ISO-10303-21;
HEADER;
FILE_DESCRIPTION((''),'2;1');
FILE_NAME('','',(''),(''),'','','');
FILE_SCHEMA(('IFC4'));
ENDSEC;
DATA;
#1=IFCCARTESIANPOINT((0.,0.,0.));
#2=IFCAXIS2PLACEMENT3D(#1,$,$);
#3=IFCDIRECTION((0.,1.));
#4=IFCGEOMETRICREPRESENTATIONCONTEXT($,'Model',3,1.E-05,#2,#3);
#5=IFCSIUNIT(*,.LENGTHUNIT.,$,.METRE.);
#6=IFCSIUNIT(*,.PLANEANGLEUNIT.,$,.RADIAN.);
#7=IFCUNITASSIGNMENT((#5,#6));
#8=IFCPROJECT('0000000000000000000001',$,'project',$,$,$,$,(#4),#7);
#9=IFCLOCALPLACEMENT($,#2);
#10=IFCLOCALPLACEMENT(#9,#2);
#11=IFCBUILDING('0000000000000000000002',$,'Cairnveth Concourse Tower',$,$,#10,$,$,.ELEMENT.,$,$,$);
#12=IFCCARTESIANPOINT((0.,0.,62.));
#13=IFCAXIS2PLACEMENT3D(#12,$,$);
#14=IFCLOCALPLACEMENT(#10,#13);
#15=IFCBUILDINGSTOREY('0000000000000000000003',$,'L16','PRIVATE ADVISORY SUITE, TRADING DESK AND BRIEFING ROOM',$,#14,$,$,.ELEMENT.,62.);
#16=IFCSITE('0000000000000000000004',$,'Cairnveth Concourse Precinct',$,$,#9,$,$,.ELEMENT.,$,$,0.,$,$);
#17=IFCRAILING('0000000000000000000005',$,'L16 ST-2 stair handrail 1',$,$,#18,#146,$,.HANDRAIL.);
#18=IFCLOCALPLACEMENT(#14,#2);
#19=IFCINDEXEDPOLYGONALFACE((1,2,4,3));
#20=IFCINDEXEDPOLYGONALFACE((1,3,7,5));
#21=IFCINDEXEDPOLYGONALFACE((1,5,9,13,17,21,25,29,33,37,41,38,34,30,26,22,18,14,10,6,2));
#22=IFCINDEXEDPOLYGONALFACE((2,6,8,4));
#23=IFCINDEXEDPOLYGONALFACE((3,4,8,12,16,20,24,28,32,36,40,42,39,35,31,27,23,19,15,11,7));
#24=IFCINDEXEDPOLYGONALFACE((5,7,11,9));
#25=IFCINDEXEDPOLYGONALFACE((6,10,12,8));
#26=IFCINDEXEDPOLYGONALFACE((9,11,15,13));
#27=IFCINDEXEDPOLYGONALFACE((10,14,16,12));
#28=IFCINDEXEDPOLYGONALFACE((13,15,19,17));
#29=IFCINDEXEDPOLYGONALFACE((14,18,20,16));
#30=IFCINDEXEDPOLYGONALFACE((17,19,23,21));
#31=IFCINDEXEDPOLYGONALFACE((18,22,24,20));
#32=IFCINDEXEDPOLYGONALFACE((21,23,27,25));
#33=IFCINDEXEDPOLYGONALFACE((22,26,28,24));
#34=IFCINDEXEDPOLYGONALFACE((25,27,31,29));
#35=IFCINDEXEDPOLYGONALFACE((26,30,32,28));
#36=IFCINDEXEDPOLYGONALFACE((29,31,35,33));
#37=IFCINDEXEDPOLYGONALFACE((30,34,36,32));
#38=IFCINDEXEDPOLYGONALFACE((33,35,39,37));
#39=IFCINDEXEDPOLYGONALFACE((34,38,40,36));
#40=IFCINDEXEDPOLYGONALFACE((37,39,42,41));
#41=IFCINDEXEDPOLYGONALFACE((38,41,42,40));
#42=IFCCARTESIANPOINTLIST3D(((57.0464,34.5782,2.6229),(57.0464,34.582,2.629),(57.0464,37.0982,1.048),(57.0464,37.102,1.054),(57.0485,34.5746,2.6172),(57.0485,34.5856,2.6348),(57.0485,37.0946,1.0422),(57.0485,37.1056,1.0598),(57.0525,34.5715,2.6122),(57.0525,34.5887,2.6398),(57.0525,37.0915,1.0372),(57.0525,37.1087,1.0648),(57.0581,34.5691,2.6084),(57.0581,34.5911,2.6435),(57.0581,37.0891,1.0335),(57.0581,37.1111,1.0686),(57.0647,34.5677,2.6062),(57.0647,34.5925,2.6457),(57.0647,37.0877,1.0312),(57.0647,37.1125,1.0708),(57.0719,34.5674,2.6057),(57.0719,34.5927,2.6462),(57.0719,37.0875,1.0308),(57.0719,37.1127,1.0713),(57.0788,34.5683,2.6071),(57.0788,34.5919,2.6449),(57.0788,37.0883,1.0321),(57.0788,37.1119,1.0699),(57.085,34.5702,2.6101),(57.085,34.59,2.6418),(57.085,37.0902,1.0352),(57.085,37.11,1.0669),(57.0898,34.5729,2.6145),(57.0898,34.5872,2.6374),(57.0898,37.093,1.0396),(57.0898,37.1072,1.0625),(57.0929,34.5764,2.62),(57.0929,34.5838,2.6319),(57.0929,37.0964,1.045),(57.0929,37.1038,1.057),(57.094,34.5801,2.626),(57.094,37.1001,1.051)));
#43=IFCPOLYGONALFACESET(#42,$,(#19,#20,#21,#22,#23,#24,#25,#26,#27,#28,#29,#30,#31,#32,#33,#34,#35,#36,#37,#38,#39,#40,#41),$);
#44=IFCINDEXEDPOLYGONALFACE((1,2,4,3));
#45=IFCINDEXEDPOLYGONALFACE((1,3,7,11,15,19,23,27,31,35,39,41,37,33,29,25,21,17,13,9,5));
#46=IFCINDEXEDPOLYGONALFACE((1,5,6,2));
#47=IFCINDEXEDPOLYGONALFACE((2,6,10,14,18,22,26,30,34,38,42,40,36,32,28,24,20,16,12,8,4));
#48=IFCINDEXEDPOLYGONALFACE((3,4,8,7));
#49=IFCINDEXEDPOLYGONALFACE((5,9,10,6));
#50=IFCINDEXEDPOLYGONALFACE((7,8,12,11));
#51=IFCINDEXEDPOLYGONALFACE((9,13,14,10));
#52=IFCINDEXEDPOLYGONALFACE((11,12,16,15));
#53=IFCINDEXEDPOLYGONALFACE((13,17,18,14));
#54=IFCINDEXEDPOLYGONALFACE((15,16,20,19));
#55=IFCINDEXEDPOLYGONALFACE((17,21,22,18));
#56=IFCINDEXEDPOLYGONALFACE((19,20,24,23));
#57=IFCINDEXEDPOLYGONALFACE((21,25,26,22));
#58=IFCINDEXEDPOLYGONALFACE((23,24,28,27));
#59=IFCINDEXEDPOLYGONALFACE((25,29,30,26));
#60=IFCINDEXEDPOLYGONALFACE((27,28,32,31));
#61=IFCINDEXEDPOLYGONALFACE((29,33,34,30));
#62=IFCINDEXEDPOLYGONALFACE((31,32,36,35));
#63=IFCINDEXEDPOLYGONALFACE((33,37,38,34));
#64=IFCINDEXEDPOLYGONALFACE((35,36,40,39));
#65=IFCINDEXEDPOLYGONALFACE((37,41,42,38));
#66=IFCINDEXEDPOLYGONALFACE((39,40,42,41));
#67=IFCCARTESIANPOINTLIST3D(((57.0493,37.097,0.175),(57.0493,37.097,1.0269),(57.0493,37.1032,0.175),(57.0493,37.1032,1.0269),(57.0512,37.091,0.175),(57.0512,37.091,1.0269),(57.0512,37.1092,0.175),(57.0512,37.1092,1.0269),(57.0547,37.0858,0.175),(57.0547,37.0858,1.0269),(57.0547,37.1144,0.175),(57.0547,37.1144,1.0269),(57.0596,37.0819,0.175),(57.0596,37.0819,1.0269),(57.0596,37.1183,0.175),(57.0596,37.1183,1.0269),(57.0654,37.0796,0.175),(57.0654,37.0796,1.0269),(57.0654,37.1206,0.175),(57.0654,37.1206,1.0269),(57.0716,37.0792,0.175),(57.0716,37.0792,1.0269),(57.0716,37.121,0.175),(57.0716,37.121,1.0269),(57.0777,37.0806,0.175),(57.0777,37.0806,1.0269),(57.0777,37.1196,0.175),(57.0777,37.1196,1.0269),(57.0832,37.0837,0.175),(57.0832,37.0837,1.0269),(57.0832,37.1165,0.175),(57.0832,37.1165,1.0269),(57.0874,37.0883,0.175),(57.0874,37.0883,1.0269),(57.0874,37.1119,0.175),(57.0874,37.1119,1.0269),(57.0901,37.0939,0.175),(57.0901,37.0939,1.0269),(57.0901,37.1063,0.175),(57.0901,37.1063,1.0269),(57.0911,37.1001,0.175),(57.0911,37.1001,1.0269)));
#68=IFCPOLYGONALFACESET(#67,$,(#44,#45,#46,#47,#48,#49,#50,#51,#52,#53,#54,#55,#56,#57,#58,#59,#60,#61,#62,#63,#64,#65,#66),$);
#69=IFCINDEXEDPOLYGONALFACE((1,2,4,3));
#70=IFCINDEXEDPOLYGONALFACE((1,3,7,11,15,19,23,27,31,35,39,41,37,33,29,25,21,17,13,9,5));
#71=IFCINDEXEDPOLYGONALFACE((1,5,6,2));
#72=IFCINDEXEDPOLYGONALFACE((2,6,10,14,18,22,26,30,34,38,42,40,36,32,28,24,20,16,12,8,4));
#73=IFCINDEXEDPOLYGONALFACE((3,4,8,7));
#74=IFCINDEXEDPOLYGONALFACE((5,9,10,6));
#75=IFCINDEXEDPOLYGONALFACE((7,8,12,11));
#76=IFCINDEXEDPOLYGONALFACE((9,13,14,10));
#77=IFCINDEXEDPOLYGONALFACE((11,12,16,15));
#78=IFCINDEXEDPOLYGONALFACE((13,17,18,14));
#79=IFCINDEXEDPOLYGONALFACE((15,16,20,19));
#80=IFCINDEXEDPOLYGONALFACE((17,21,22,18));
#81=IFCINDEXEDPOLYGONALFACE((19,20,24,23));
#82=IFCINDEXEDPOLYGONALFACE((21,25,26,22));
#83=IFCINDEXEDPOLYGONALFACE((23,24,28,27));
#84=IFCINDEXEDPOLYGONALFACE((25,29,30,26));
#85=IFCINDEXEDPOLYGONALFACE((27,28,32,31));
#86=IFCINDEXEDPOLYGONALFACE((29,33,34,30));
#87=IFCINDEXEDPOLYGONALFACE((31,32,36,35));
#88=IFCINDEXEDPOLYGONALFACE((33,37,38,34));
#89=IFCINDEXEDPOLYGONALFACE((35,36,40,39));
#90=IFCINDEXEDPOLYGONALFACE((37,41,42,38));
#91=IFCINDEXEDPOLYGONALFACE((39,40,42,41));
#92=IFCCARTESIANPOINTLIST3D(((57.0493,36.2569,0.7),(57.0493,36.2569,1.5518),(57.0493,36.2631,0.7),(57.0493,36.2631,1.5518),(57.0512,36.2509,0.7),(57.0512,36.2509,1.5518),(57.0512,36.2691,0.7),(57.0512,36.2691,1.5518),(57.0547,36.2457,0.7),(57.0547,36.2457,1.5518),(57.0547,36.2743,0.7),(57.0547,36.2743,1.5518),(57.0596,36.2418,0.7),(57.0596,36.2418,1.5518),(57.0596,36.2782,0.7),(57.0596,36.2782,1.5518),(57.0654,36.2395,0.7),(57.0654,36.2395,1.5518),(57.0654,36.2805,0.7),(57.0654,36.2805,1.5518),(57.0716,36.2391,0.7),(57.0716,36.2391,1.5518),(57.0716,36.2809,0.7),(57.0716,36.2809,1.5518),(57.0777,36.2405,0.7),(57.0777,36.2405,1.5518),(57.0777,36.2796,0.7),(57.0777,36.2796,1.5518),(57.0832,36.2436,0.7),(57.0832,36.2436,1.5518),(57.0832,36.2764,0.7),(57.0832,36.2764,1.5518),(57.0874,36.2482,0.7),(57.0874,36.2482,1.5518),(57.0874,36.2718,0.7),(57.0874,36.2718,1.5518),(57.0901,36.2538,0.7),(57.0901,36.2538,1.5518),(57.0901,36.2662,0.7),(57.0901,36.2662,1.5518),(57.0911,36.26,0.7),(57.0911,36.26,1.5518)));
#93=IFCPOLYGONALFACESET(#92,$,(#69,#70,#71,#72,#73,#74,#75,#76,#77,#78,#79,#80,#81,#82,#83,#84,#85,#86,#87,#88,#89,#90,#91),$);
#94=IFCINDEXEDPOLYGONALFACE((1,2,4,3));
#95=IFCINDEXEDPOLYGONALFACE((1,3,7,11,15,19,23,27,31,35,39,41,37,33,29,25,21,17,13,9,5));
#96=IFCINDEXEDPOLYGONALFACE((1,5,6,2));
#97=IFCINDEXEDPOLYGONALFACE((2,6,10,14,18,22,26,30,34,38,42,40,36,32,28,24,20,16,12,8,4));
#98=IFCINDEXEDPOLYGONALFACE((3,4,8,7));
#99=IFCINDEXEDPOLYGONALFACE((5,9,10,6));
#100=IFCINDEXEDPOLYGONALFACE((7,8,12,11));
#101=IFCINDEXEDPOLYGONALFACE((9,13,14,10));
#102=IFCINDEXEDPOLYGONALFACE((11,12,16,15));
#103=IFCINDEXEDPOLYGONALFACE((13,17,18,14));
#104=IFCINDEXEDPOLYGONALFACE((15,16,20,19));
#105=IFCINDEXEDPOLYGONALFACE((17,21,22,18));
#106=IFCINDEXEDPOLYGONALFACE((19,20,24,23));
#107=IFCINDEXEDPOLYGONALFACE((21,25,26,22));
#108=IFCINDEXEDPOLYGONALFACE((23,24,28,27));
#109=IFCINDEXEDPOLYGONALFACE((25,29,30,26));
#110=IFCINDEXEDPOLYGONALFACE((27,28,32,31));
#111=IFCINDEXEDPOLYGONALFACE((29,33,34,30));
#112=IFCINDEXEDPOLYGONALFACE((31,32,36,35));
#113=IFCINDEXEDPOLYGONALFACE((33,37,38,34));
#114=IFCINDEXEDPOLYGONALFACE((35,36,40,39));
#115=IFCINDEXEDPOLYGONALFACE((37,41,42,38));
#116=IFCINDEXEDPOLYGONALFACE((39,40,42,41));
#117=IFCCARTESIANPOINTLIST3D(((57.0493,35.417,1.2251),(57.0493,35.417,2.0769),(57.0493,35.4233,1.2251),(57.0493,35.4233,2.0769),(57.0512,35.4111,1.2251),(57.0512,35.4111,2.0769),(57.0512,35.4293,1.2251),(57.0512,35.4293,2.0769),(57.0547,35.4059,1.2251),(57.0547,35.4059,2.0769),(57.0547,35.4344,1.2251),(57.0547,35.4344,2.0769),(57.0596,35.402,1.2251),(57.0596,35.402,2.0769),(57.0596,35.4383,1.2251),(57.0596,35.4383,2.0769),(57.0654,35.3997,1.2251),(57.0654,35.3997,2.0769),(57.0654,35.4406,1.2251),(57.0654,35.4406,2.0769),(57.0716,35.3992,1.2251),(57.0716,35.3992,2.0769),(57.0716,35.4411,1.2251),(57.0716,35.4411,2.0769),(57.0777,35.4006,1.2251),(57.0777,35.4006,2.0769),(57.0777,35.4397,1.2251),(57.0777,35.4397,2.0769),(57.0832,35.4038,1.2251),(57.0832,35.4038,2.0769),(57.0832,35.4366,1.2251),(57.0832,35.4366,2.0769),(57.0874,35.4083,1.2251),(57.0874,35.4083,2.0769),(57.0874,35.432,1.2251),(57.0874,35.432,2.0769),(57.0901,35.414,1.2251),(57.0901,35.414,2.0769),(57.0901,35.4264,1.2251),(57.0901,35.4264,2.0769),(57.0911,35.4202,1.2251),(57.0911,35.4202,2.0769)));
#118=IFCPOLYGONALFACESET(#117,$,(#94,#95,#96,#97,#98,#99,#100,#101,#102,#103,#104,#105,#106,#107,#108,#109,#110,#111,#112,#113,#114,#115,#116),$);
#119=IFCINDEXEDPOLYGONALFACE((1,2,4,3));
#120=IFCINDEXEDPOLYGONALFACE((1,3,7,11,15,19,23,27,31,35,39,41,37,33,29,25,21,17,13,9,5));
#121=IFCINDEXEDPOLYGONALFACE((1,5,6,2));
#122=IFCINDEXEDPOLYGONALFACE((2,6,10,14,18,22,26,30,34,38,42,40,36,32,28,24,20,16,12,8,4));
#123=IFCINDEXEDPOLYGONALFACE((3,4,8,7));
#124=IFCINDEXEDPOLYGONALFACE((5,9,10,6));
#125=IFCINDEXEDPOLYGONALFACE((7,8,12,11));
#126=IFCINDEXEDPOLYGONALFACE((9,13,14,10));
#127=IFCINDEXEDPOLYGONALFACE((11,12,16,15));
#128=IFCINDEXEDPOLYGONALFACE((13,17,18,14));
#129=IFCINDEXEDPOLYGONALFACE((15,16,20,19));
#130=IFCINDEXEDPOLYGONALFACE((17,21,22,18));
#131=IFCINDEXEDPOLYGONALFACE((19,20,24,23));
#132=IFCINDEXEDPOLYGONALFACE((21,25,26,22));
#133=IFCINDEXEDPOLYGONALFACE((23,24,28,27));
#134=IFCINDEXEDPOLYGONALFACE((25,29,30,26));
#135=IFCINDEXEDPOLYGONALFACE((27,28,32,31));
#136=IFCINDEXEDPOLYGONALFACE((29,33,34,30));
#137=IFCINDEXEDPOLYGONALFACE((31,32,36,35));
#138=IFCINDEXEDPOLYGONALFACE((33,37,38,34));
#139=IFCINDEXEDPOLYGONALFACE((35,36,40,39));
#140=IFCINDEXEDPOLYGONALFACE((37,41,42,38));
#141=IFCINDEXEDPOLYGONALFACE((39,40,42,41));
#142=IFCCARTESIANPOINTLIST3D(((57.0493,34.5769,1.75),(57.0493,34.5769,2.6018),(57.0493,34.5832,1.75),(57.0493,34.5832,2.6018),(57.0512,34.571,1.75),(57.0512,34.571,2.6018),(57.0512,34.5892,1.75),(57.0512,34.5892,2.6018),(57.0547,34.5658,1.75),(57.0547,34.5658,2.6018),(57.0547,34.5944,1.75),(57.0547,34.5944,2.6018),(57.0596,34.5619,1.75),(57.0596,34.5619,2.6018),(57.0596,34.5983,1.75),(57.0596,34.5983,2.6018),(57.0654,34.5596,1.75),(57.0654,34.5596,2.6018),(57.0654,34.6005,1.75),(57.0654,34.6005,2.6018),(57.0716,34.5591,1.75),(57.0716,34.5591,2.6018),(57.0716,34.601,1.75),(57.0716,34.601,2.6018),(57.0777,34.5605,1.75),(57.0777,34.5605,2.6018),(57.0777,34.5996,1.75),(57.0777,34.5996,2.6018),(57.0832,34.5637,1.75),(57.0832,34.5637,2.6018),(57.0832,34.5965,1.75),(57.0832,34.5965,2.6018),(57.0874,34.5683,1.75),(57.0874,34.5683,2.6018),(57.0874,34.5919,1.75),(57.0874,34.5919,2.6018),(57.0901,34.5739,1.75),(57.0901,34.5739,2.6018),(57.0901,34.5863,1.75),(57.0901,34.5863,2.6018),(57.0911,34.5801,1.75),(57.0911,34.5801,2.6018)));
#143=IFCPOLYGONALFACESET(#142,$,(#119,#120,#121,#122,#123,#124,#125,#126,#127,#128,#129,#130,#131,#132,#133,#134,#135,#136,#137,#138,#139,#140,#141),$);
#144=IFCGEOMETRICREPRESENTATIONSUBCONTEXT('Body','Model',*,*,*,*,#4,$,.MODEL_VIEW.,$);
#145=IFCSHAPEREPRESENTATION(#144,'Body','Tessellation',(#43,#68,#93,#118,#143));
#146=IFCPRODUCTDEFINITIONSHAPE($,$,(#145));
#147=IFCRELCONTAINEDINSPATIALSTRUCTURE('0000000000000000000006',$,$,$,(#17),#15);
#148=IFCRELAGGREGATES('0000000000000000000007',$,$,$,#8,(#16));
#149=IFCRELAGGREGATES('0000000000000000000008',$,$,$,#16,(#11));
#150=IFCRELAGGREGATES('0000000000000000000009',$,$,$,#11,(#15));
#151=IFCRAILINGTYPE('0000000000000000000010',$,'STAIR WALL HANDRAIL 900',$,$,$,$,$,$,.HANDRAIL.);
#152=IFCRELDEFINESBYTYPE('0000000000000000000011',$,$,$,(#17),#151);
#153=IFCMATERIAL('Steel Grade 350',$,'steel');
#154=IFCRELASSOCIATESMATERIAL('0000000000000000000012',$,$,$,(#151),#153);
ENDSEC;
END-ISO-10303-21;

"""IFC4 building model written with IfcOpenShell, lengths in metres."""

from ifc_helpers import new_model, si_unit, direction, frame, origin, origin_2d, place, context, subcontext, project, spatial, circle, extrude, material, type_object, element, save


model = new_model("IFC4")

# Units and contexts
model_context = context("Model", 3, precision=1e-05, world=origin(), true_north=direction((0.0, 1.0)))
body_context = subcontext(model_context, "Body", "Model", "MODEL_VIEW")
ifc_project = project(units=[si_unit("LENGTHUNIT", "METRE"), si_unit("PLANEANGLEUNIT", "RADIAN")], contexts=[model_context])

# Site, building, storey
site_placement = place(None, origin())
site = spatial("IfcSite", under=ifc_project, at=site_placement, Name="Cairnveth Concourse Precinct", CompositionType="ELEMENT", RefElevation=0.0)
building_placement = place(site_placement, origin())
building = spatial("IfcBuilding", under=site, at=building_placement, Name="Cairnveth Concourse Tower", CompositionType="ELEMENT")
storey_placement = place(building_placement, frame((0.0, 0.0, 62.0)))
storey = spatial("IfcBuildingStorey", under=building, at=storey_placement, Name="L16", Description="PRIVATE ADVISORY SUITE, TRADING DESK AND BRIEFING ROOM", CompositionType="ELEMENT", Elevation=62.0)

# Shared definitions
ifc_material_1 = material(Name="Steel Grade 350", Category="steel")

# Railing
railing_type_1 = type_object("IfcRailingType", Name="STAIR WALL HANDRAIL 900", PredefinedType="HANDRAIL", material=ifc_material_1)
railing_1_placement = place(storey_placement, frame((57.0701, 37.1001, 0.175)))
element("IfcRailing", 1, at=railing_1_placement, inside=storey, type_object=railing_type_1, Name="L16 ST-2 stair handrail 1", PredefinedType="HANDRAIL", context=body_context, shape_type="SweptSolid", body=[
    extrude(circle(Radius=0.0239, at=origin_2d()), frame((0.0, 0.0, 0.876), z_axis=(0.0, -0.848008, 0.529984), x_axis=(1.0, 0.0, 0.0)), (0.0, 0.0, 1.0), 2.9717),
    extrude(circle(Radius=0.021, at=origin_2d()), origin(), (0.0, 0.0, 1.0), 0.8518),
    extrude(circle(Radius=0.021, at=origin_2d()), frame((0.0, -0.8401, 0.5249)), (0.0, 0.0, 1.0), 0.8518),
    extrude(circle(Radius=0.021, at=origin_2d()), frame((0.0, -1.6799, 1.05)), (0.0, 0.0, 1.0), 0.8518),
    extrude(circle(Radius=0.021, at=origin_2d()), frame((0.0, -2.52, 1.575)), (0.0, 0.0, 1.0), 0.8518),
])

save(model, "model.ifc")
